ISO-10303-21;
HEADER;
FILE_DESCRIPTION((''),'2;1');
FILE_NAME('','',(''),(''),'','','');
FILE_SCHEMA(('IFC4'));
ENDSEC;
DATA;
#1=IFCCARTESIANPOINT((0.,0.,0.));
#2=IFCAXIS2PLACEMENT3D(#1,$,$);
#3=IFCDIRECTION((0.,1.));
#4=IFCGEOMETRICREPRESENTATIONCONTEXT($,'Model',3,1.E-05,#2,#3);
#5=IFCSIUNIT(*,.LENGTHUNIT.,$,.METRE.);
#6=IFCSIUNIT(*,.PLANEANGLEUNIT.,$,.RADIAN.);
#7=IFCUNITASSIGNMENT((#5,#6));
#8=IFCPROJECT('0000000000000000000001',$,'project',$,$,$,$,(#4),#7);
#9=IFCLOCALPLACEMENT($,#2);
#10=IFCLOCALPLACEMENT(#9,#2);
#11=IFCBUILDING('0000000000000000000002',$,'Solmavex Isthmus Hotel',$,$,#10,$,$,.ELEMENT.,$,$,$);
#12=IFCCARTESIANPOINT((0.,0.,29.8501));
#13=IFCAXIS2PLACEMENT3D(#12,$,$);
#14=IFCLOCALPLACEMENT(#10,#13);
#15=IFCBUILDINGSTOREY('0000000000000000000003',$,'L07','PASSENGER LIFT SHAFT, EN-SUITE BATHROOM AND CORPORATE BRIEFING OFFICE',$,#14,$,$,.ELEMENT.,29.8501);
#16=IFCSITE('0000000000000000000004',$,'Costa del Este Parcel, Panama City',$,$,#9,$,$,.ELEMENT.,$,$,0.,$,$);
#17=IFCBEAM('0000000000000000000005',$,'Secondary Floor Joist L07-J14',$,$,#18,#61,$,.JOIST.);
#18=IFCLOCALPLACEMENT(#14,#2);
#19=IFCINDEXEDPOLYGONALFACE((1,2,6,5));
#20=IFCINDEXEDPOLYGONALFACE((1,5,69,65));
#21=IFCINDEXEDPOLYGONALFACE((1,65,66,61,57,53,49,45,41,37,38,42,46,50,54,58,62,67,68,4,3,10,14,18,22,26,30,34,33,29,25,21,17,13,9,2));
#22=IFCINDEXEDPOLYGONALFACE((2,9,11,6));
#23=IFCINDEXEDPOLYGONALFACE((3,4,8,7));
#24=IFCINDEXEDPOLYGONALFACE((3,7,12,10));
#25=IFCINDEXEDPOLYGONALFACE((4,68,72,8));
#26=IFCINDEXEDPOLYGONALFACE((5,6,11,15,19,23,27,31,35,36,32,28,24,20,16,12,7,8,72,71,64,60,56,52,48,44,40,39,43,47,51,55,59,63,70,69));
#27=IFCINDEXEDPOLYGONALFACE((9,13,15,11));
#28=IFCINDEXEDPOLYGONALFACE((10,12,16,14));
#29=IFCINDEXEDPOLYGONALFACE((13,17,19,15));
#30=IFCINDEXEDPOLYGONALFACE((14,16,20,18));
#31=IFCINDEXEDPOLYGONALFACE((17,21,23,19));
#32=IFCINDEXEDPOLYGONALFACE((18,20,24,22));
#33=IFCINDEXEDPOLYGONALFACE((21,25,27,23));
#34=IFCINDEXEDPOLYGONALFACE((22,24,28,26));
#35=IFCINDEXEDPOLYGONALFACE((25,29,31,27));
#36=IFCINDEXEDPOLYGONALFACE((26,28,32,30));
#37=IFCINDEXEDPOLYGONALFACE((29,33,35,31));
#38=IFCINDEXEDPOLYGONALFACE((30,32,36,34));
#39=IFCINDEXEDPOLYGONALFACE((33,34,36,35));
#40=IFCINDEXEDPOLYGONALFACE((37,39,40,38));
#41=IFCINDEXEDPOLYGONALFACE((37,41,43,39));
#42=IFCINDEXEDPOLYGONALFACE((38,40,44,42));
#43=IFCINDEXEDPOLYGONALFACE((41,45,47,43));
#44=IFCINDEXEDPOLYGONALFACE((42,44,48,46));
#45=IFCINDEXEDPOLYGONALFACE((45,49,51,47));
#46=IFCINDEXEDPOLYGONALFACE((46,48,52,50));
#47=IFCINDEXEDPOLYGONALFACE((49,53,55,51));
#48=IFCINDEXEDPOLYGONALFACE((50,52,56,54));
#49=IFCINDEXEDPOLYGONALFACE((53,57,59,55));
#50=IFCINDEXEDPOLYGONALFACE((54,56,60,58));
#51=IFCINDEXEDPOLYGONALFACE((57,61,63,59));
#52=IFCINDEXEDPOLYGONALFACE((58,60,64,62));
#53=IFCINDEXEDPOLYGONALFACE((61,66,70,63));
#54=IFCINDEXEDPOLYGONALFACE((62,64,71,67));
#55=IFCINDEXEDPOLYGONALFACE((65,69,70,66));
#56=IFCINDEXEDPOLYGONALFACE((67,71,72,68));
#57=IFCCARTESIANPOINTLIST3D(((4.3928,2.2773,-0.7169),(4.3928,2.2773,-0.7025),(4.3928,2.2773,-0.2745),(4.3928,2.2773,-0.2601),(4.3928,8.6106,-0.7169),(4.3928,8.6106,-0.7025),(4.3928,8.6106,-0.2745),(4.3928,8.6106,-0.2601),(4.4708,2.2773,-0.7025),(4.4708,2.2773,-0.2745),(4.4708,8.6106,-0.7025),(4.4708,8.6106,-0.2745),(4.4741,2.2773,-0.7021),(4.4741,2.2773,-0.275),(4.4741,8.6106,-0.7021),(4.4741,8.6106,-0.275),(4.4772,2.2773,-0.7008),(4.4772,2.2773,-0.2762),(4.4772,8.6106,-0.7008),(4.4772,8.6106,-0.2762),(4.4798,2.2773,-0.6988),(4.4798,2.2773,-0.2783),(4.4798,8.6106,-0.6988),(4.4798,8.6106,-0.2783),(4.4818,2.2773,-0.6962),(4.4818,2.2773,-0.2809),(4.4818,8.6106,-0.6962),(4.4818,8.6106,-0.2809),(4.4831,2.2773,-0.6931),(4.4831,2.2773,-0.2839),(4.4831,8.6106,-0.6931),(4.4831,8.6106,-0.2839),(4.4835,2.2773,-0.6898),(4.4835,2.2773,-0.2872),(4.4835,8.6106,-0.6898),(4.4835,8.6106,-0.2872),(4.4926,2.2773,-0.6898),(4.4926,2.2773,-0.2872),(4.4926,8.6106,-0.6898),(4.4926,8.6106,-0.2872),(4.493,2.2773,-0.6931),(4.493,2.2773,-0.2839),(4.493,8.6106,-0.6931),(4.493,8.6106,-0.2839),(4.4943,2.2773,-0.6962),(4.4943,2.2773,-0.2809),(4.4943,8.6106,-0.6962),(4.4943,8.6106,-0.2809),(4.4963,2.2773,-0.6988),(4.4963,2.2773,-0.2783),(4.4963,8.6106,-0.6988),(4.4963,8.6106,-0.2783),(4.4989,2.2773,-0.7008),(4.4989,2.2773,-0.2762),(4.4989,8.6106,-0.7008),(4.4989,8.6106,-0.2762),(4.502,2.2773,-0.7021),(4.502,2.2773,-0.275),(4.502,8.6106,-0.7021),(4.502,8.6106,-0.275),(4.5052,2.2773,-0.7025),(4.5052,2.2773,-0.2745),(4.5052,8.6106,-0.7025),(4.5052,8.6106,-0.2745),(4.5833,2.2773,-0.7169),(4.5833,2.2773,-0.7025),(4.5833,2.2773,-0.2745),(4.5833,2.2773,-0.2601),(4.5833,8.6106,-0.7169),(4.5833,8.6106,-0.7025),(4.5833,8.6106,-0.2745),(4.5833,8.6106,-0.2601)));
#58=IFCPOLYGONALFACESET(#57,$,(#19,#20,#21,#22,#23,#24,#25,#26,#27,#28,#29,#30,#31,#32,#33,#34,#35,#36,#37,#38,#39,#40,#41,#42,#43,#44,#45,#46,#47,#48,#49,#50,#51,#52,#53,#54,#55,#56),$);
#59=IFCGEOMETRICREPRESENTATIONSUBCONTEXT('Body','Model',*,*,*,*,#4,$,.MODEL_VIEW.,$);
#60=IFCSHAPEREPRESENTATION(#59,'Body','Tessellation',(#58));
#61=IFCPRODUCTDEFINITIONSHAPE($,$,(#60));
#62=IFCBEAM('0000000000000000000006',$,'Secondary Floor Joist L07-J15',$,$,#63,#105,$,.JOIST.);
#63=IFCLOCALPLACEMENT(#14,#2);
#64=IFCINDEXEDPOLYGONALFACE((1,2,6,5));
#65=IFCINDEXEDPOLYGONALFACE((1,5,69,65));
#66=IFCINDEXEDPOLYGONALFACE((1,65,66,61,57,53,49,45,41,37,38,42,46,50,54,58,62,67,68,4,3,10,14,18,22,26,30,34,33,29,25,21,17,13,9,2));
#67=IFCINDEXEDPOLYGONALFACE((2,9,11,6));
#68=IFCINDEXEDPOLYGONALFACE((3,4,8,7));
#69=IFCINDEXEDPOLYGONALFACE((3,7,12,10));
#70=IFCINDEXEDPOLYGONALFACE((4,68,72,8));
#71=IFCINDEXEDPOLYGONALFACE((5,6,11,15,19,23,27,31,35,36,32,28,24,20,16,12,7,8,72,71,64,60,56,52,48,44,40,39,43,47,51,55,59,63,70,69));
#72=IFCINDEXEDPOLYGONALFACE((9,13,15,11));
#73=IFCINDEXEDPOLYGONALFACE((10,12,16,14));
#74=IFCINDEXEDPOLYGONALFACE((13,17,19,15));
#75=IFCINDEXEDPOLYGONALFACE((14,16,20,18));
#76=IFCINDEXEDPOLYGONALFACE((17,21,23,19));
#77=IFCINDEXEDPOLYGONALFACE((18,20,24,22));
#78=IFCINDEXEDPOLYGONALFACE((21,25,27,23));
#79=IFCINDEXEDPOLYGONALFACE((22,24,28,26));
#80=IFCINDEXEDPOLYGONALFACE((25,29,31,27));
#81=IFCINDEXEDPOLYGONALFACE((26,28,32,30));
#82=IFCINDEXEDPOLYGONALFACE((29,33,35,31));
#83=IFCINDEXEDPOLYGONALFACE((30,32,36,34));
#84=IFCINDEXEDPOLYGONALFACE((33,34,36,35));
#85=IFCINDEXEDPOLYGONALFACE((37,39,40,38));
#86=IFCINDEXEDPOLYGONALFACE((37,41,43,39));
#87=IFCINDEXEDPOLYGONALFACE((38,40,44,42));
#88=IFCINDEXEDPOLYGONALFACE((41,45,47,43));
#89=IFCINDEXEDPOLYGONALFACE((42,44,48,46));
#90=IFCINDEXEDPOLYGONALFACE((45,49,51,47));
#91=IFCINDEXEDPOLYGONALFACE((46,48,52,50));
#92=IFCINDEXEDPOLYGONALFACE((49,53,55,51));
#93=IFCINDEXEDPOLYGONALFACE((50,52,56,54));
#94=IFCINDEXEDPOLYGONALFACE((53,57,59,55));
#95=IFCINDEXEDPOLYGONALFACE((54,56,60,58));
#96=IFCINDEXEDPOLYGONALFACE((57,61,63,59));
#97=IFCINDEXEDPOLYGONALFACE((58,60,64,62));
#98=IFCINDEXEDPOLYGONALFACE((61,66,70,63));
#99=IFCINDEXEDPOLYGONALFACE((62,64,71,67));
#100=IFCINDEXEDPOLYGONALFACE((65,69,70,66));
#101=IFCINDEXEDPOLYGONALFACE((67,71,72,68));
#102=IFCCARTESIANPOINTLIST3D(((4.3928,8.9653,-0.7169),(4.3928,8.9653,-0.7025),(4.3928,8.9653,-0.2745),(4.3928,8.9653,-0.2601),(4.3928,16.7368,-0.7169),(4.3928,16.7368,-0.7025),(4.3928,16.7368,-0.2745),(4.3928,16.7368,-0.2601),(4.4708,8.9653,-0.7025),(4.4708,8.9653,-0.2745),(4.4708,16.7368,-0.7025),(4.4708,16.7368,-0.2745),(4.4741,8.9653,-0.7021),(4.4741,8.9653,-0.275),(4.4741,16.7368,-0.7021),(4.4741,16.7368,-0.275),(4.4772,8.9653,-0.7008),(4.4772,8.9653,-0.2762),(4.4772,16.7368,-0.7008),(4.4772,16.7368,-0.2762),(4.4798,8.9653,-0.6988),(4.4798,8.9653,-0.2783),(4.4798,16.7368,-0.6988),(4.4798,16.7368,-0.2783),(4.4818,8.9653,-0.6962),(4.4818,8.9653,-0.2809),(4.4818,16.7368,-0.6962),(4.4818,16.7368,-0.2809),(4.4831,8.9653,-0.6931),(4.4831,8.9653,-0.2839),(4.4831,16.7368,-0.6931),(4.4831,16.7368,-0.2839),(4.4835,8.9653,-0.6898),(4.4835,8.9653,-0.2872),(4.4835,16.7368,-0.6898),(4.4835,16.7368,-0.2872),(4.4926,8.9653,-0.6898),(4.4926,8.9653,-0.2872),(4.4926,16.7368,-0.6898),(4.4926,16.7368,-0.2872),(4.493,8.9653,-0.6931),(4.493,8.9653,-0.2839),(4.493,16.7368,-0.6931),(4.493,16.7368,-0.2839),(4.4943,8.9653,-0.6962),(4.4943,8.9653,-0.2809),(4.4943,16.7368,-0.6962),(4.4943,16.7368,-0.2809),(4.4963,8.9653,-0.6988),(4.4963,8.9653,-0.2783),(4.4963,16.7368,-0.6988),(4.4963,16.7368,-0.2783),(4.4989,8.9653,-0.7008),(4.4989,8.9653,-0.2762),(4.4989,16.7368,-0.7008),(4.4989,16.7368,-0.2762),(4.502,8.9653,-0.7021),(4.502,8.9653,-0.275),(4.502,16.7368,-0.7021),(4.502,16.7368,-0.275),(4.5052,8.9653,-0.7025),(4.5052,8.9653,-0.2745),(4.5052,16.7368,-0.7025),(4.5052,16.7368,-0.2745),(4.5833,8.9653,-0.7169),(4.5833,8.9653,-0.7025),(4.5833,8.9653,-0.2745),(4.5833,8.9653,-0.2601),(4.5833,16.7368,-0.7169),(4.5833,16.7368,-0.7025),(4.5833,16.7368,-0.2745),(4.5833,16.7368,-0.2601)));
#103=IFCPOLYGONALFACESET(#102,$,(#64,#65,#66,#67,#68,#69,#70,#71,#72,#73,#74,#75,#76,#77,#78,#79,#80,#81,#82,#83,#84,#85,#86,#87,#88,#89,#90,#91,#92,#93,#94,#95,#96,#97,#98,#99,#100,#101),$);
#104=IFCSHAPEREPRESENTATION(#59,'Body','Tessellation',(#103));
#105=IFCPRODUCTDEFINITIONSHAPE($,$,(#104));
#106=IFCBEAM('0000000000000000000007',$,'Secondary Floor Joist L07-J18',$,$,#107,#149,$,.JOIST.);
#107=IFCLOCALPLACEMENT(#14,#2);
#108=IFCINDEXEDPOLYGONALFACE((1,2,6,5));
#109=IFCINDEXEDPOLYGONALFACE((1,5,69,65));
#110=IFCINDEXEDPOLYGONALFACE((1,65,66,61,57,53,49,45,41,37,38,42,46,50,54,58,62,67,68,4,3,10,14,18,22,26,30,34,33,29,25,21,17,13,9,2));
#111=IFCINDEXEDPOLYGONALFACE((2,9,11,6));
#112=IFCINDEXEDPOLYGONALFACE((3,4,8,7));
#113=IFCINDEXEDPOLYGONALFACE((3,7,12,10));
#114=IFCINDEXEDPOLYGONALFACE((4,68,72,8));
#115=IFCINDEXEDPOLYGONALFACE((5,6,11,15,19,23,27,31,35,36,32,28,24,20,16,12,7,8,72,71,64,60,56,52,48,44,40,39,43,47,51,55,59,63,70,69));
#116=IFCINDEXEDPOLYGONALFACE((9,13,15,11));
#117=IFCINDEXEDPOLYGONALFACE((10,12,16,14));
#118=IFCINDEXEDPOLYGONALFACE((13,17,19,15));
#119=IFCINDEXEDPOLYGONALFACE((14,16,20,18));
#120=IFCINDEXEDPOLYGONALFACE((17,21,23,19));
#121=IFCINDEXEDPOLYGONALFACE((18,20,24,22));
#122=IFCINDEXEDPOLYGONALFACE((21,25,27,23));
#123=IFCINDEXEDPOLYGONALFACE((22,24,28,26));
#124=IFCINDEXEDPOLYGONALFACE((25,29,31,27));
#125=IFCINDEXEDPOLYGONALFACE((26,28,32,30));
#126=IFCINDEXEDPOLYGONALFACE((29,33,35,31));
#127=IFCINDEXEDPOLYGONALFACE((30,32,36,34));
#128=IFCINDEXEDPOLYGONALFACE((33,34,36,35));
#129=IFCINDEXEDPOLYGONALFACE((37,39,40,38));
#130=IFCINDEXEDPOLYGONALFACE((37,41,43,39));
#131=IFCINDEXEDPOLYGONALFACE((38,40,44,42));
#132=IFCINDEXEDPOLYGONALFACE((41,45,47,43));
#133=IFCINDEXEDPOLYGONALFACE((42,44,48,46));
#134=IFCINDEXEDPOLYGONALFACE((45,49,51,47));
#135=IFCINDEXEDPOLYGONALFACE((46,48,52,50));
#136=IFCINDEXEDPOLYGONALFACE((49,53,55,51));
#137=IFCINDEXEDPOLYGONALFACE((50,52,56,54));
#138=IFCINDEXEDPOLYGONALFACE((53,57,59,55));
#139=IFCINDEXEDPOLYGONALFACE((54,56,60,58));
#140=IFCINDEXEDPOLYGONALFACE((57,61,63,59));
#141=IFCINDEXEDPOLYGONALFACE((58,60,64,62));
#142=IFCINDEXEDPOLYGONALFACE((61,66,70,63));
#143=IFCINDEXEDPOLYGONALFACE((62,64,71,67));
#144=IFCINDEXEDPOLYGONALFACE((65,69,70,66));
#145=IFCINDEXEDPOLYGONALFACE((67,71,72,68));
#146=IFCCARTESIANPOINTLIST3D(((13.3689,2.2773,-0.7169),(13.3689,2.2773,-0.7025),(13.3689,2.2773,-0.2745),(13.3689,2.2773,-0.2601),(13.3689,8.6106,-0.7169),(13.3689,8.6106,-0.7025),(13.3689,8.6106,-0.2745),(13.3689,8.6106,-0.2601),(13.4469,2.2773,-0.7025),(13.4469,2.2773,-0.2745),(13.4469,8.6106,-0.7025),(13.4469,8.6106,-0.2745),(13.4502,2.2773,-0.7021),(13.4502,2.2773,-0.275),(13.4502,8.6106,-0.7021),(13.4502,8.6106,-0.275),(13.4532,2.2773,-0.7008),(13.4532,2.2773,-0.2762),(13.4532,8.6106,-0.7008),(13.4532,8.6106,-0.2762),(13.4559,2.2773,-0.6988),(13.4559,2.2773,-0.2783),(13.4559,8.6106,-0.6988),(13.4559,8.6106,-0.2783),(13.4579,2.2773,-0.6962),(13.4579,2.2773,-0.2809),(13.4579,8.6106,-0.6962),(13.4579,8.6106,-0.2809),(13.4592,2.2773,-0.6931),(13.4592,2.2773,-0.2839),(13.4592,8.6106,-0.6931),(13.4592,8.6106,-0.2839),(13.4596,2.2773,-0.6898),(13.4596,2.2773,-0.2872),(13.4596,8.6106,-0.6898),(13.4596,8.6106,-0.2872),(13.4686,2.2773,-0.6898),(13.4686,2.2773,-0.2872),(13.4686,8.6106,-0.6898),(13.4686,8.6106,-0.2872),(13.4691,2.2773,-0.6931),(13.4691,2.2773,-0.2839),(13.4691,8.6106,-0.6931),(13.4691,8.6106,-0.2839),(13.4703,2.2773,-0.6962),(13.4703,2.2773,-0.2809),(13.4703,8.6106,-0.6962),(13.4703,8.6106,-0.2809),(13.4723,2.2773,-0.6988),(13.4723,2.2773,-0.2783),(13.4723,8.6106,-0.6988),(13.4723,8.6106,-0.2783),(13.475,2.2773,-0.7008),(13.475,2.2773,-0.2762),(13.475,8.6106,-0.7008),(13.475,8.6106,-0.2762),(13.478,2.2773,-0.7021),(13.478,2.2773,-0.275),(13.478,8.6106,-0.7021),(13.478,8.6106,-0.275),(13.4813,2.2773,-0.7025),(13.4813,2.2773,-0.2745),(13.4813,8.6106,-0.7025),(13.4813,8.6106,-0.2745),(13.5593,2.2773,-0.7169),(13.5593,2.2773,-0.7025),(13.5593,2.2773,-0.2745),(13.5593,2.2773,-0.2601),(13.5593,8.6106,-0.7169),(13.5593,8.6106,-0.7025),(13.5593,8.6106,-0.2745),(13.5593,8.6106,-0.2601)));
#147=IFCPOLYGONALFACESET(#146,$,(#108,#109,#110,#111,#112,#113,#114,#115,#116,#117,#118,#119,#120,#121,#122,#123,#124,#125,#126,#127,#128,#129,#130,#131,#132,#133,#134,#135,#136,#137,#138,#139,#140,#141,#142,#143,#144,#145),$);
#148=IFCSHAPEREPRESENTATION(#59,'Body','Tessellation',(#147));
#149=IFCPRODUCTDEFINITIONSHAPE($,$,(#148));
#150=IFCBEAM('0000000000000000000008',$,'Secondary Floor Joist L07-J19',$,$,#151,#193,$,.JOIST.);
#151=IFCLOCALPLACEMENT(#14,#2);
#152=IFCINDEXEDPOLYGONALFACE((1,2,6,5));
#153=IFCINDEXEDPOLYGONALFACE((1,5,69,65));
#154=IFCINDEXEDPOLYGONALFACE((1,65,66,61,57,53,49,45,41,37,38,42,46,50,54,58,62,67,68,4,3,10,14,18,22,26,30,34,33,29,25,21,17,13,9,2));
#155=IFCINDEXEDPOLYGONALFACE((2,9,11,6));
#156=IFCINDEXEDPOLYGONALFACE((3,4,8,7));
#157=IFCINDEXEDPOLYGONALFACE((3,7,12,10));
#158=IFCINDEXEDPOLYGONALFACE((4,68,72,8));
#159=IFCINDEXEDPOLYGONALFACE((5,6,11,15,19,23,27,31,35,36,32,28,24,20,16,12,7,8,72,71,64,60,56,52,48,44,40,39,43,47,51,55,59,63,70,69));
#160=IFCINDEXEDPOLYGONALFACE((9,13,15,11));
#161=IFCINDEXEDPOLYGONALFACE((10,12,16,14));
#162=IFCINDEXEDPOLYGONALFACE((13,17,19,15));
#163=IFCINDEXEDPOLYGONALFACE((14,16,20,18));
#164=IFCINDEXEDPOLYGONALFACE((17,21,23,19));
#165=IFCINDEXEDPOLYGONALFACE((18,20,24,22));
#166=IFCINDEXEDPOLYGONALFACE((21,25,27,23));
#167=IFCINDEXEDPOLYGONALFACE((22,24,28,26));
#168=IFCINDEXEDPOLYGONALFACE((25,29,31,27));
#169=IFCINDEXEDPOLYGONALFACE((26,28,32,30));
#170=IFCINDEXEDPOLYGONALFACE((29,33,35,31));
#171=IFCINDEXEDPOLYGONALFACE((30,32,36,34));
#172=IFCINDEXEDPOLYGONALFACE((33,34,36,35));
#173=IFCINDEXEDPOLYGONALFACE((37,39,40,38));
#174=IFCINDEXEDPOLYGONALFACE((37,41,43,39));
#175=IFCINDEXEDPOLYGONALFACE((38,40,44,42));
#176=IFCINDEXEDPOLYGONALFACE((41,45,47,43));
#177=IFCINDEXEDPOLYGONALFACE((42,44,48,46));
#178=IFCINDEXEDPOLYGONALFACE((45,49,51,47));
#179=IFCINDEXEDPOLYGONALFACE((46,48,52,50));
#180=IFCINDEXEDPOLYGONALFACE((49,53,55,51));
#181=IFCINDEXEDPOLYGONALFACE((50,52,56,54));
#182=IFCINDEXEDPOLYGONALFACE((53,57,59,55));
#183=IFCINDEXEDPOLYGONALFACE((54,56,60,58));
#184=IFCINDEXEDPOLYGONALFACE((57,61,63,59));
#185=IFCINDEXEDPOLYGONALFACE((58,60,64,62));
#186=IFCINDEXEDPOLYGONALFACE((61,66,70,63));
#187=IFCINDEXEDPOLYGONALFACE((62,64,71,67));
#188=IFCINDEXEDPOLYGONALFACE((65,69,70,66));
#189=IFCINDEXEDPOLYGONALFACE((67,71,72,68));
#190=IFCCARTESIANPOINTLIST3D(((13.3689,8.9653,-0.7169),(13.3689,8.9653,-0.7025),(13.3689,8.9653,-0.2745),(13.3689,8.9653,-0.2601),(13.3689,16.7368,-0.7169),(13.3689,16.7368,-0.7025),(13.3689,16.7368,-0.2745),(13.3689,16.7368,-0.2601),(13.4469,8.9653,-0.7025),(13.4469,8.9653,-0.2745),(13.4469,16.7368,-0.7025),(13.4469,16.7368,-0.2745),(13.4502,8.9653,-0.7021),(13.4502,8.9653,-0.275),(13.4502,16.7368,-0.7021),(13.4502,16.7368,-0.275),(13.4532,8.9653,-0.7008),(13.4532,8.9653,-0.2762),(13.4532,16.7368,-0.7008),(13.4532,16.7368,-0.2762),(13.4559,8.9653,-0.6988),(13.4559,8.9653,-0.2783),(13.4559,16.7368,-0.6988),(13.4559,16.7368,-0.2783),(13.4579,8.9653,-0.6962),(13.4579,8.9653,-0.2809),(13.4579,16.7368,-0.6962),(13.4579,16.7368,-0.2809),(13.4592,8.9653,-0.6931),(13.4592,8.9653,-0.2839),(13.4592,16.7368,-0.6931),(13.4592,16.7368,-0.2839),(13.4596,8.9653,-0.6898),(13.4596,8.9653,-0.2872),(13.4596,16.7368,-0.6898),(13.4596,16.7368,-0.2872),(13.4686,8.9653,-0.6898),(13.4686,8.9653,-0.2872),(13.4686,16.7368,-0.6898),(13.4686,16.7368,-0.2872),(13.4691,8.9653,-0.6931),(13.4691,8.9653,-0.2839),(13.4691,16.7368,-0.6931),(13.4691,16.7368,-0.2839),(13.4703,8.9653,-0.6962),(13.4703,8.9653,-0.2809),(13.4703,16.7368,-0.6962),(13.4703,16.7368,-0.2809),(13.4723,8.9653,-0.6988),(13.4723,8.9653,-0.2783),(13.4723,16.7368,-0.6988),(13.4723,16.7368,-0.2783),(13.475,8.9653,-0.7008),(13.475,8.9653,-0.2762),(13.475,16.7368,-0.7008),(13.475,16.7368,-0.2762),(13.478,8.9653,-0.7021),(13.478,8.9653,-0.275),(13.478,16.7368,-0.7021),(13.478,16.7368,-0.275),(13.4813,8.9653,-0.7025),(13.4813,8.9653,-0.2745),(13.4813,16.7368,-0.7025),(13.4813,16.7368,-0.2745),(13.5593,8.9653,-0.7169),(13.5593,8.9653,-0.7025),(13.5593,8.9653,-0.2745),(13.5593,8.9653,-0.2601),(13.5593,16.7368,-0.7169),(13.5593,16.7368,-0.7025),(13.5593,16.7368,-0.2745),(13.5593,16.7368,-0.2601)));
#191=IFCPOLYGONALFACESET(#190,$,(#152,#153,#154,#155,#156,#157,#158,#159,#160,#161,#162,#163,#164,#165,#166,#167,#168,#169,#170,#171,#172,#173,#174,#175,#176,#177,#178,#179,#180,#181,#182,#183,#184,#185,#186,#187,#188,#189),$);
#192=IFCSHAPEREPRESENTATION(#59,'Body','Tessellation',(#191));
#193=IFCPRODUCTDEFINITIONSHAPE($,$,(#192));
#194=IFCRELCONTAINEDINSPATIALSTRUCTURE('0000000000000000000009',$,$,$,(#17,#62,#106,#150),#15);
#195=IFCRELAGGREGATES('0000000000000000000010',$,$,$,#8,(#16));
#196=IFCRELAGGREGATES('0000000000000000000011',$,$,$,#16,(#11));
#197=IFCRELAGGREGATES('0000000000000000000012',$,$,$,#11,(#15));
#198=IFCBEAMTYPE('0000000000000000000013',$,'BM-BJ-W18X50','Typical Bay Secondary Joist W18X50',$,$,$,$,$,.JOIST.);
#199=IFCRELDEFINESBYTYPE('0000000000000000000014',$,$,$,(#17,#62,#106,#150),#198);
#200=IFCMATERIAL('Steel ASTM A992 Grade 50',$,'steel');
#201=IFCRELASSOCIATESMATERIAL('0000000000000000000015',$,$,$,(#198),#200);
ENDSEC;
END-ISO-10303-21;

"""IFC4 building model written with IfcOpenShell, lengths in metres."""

from ifc_helpers import new_model, si_unit, direction, frame, origin, origin_2d, place, context, subcontext, project, spatial, i_section, extrude, material, material_profile, profile_set, type_object, element, save


model = new_model("IFC4")

# Units and contexts
model_context = context("Model", 3, precision=1e-05, world=origin(), true_north=direction((0.0, 1.0)))
body_context = subcontext(model_context, "Body", "Model", "MODEL_VIEW")
ifc_project = project(units=[si_unit("LENGTHUNIT", "METRE"), si_unit("PLANEANGLEUNIT", "RADIAN")], contexts=[model_context])

# Site, building, storey
site_placement = place(None, origin())
site = spatial("IfcSite", under=ifc_project, at=site_placement, Name="Costa del Este Parcel, Panama City", CompositionType="ELEMENT", RefElevation=0.0)
building_placement = place(site_placement, origin())
building = spatial("IfcBuilding", under=site, at=building_placement, Name="Solmavex Isthmus Hotel", CompositionType="ELEMENT")
storey_placement = place(building_placement, frame((0.0, 0.0, 29.8501)))
storey = spatial("IfcBuildingStorey", under=building, at=storey_placement, Name="L07", Description="PASSENGER LIFT SHAFT, EN-SUITE BATHROOM AND CORPORATE BRIEFING OFFICE", CompositionType="ELEMENT", Elevation=29.8501)

# Beams
ifc_material_1 = material(Name="Steel ASTM A992 Grade 50", Category="steel")
ifc_material_profile_1 = material_profile(ifc_material_1, i_section(OverallWidth=0.1904, OverallDepth=0.4568, WebThickness=0.009, FlangeThickness=0.0144, FilletRadius=0.0127, at=origin_2d()), Name="W18X50")
ifc_profile_set_1 = profile_set([ifc_material_profile_1], Name="Steel ASTM A992 Grade 50")
beam_type_1 = type_object("IfcBeamType", Name="BM-BJ-W18X50", Description="Typical Bay Secondary Joist W18X50", PredefinedType="JOIST", material=ifc_profile_set_1)
beam_1_placement = place(storey_placement, frame((4.488, 2.2773, -0.4885), z_axis=(0.0, 1.0, 0.0), x_axis=(-1.0, 0.0, 0.0)))
element("IfcBeam", 1, at=beam_1_placement, inside=storey, type_object=beam_type_1, Name="Secondary Floor Joist L07-J14", PredefinedType="JOIST", context=body_context, shape_type="SweptSolid", body=[
    extrude(i_section(OverallWidth=0.1904, OverallDepth=0.4568, WebThickness=0.009, FlangeThickness=0.0144, FilletRadius=0.0127, at=origin_2d()), origin(), (0.0, 0.0, 1.0), 6.3333),
])
beam_2_placement = place(storey_placement, frame((4.488, 8.9653, -0.4885), z_axis=(0.0, 1.0, 0.0), x_axis=(-1.0, 0.0, 0.0)))
element("IfcBeam", 2, at=beam_2_placement, inside=storey, type_object=beam_type_1, Name="Secondary Floor Joist L07-J15", PredefinedType="JOIST", context=body_context, shape_type="SweptSolid", body=[
    extrude(i_section(OverallWidth=0.1904, OverallDepth=0.4568, WebThickness=0.009, FlangeThickness=0.0144, FilletRadius=0.0127, at=origin_2d()), origin(), (0.0, 0.0, 1.0), 7.7715),
])
beam_3_placement = place(storey_placement, frame((13.4641, 2.2773, -0.4885), z_axis=(0.0, 1.0, 0.0), x_axis=(-1.0, 0.0, 0.0)))
element("IfcBeam", 3, at=beam_3_placement, inside=storey, type_object=beam_type_1, Name="Secondary Floor Joist L07-J18", PredefinedType="JOIST", context=body_context, shape_type="SweptSolid", body=[
    extrude(i_section(OverallWidth=0.1904, OverallDepth=0.4568, WebThickness=0.009, FlangeThickness=0.0144, FilletRadius=0.0127, at=origin_2d()), origin(), (0.0, 0.0, 1.0), 6.3333),
])
beam_4_placement = place(storey_placement, frame((13.4641, 8.9653, -0.4885), z_axis=(0.0, 1.0, 0.0), x_axis=(-1.0, 0.0, 0.0)))
element("IfcBeam", 4, at=beam_4_placement, inside=storey, type_object=beam_type_1, Name="Secondary Floor Joist L07-J19", PredefinedType="JOIST", context=body_context, shape_type="SweptSolid", body=[
    extrude(i_section(OverallWidth=0.1904, OverallDepth=0.4568, WebThickness=0.009, FlangeThickness=0.0144, FilletRadius=0.0127, at=origin_2d()), origin(), (0.0, 0.0, 1.0), 7.7715),
])

save(model, "model.ifc")
